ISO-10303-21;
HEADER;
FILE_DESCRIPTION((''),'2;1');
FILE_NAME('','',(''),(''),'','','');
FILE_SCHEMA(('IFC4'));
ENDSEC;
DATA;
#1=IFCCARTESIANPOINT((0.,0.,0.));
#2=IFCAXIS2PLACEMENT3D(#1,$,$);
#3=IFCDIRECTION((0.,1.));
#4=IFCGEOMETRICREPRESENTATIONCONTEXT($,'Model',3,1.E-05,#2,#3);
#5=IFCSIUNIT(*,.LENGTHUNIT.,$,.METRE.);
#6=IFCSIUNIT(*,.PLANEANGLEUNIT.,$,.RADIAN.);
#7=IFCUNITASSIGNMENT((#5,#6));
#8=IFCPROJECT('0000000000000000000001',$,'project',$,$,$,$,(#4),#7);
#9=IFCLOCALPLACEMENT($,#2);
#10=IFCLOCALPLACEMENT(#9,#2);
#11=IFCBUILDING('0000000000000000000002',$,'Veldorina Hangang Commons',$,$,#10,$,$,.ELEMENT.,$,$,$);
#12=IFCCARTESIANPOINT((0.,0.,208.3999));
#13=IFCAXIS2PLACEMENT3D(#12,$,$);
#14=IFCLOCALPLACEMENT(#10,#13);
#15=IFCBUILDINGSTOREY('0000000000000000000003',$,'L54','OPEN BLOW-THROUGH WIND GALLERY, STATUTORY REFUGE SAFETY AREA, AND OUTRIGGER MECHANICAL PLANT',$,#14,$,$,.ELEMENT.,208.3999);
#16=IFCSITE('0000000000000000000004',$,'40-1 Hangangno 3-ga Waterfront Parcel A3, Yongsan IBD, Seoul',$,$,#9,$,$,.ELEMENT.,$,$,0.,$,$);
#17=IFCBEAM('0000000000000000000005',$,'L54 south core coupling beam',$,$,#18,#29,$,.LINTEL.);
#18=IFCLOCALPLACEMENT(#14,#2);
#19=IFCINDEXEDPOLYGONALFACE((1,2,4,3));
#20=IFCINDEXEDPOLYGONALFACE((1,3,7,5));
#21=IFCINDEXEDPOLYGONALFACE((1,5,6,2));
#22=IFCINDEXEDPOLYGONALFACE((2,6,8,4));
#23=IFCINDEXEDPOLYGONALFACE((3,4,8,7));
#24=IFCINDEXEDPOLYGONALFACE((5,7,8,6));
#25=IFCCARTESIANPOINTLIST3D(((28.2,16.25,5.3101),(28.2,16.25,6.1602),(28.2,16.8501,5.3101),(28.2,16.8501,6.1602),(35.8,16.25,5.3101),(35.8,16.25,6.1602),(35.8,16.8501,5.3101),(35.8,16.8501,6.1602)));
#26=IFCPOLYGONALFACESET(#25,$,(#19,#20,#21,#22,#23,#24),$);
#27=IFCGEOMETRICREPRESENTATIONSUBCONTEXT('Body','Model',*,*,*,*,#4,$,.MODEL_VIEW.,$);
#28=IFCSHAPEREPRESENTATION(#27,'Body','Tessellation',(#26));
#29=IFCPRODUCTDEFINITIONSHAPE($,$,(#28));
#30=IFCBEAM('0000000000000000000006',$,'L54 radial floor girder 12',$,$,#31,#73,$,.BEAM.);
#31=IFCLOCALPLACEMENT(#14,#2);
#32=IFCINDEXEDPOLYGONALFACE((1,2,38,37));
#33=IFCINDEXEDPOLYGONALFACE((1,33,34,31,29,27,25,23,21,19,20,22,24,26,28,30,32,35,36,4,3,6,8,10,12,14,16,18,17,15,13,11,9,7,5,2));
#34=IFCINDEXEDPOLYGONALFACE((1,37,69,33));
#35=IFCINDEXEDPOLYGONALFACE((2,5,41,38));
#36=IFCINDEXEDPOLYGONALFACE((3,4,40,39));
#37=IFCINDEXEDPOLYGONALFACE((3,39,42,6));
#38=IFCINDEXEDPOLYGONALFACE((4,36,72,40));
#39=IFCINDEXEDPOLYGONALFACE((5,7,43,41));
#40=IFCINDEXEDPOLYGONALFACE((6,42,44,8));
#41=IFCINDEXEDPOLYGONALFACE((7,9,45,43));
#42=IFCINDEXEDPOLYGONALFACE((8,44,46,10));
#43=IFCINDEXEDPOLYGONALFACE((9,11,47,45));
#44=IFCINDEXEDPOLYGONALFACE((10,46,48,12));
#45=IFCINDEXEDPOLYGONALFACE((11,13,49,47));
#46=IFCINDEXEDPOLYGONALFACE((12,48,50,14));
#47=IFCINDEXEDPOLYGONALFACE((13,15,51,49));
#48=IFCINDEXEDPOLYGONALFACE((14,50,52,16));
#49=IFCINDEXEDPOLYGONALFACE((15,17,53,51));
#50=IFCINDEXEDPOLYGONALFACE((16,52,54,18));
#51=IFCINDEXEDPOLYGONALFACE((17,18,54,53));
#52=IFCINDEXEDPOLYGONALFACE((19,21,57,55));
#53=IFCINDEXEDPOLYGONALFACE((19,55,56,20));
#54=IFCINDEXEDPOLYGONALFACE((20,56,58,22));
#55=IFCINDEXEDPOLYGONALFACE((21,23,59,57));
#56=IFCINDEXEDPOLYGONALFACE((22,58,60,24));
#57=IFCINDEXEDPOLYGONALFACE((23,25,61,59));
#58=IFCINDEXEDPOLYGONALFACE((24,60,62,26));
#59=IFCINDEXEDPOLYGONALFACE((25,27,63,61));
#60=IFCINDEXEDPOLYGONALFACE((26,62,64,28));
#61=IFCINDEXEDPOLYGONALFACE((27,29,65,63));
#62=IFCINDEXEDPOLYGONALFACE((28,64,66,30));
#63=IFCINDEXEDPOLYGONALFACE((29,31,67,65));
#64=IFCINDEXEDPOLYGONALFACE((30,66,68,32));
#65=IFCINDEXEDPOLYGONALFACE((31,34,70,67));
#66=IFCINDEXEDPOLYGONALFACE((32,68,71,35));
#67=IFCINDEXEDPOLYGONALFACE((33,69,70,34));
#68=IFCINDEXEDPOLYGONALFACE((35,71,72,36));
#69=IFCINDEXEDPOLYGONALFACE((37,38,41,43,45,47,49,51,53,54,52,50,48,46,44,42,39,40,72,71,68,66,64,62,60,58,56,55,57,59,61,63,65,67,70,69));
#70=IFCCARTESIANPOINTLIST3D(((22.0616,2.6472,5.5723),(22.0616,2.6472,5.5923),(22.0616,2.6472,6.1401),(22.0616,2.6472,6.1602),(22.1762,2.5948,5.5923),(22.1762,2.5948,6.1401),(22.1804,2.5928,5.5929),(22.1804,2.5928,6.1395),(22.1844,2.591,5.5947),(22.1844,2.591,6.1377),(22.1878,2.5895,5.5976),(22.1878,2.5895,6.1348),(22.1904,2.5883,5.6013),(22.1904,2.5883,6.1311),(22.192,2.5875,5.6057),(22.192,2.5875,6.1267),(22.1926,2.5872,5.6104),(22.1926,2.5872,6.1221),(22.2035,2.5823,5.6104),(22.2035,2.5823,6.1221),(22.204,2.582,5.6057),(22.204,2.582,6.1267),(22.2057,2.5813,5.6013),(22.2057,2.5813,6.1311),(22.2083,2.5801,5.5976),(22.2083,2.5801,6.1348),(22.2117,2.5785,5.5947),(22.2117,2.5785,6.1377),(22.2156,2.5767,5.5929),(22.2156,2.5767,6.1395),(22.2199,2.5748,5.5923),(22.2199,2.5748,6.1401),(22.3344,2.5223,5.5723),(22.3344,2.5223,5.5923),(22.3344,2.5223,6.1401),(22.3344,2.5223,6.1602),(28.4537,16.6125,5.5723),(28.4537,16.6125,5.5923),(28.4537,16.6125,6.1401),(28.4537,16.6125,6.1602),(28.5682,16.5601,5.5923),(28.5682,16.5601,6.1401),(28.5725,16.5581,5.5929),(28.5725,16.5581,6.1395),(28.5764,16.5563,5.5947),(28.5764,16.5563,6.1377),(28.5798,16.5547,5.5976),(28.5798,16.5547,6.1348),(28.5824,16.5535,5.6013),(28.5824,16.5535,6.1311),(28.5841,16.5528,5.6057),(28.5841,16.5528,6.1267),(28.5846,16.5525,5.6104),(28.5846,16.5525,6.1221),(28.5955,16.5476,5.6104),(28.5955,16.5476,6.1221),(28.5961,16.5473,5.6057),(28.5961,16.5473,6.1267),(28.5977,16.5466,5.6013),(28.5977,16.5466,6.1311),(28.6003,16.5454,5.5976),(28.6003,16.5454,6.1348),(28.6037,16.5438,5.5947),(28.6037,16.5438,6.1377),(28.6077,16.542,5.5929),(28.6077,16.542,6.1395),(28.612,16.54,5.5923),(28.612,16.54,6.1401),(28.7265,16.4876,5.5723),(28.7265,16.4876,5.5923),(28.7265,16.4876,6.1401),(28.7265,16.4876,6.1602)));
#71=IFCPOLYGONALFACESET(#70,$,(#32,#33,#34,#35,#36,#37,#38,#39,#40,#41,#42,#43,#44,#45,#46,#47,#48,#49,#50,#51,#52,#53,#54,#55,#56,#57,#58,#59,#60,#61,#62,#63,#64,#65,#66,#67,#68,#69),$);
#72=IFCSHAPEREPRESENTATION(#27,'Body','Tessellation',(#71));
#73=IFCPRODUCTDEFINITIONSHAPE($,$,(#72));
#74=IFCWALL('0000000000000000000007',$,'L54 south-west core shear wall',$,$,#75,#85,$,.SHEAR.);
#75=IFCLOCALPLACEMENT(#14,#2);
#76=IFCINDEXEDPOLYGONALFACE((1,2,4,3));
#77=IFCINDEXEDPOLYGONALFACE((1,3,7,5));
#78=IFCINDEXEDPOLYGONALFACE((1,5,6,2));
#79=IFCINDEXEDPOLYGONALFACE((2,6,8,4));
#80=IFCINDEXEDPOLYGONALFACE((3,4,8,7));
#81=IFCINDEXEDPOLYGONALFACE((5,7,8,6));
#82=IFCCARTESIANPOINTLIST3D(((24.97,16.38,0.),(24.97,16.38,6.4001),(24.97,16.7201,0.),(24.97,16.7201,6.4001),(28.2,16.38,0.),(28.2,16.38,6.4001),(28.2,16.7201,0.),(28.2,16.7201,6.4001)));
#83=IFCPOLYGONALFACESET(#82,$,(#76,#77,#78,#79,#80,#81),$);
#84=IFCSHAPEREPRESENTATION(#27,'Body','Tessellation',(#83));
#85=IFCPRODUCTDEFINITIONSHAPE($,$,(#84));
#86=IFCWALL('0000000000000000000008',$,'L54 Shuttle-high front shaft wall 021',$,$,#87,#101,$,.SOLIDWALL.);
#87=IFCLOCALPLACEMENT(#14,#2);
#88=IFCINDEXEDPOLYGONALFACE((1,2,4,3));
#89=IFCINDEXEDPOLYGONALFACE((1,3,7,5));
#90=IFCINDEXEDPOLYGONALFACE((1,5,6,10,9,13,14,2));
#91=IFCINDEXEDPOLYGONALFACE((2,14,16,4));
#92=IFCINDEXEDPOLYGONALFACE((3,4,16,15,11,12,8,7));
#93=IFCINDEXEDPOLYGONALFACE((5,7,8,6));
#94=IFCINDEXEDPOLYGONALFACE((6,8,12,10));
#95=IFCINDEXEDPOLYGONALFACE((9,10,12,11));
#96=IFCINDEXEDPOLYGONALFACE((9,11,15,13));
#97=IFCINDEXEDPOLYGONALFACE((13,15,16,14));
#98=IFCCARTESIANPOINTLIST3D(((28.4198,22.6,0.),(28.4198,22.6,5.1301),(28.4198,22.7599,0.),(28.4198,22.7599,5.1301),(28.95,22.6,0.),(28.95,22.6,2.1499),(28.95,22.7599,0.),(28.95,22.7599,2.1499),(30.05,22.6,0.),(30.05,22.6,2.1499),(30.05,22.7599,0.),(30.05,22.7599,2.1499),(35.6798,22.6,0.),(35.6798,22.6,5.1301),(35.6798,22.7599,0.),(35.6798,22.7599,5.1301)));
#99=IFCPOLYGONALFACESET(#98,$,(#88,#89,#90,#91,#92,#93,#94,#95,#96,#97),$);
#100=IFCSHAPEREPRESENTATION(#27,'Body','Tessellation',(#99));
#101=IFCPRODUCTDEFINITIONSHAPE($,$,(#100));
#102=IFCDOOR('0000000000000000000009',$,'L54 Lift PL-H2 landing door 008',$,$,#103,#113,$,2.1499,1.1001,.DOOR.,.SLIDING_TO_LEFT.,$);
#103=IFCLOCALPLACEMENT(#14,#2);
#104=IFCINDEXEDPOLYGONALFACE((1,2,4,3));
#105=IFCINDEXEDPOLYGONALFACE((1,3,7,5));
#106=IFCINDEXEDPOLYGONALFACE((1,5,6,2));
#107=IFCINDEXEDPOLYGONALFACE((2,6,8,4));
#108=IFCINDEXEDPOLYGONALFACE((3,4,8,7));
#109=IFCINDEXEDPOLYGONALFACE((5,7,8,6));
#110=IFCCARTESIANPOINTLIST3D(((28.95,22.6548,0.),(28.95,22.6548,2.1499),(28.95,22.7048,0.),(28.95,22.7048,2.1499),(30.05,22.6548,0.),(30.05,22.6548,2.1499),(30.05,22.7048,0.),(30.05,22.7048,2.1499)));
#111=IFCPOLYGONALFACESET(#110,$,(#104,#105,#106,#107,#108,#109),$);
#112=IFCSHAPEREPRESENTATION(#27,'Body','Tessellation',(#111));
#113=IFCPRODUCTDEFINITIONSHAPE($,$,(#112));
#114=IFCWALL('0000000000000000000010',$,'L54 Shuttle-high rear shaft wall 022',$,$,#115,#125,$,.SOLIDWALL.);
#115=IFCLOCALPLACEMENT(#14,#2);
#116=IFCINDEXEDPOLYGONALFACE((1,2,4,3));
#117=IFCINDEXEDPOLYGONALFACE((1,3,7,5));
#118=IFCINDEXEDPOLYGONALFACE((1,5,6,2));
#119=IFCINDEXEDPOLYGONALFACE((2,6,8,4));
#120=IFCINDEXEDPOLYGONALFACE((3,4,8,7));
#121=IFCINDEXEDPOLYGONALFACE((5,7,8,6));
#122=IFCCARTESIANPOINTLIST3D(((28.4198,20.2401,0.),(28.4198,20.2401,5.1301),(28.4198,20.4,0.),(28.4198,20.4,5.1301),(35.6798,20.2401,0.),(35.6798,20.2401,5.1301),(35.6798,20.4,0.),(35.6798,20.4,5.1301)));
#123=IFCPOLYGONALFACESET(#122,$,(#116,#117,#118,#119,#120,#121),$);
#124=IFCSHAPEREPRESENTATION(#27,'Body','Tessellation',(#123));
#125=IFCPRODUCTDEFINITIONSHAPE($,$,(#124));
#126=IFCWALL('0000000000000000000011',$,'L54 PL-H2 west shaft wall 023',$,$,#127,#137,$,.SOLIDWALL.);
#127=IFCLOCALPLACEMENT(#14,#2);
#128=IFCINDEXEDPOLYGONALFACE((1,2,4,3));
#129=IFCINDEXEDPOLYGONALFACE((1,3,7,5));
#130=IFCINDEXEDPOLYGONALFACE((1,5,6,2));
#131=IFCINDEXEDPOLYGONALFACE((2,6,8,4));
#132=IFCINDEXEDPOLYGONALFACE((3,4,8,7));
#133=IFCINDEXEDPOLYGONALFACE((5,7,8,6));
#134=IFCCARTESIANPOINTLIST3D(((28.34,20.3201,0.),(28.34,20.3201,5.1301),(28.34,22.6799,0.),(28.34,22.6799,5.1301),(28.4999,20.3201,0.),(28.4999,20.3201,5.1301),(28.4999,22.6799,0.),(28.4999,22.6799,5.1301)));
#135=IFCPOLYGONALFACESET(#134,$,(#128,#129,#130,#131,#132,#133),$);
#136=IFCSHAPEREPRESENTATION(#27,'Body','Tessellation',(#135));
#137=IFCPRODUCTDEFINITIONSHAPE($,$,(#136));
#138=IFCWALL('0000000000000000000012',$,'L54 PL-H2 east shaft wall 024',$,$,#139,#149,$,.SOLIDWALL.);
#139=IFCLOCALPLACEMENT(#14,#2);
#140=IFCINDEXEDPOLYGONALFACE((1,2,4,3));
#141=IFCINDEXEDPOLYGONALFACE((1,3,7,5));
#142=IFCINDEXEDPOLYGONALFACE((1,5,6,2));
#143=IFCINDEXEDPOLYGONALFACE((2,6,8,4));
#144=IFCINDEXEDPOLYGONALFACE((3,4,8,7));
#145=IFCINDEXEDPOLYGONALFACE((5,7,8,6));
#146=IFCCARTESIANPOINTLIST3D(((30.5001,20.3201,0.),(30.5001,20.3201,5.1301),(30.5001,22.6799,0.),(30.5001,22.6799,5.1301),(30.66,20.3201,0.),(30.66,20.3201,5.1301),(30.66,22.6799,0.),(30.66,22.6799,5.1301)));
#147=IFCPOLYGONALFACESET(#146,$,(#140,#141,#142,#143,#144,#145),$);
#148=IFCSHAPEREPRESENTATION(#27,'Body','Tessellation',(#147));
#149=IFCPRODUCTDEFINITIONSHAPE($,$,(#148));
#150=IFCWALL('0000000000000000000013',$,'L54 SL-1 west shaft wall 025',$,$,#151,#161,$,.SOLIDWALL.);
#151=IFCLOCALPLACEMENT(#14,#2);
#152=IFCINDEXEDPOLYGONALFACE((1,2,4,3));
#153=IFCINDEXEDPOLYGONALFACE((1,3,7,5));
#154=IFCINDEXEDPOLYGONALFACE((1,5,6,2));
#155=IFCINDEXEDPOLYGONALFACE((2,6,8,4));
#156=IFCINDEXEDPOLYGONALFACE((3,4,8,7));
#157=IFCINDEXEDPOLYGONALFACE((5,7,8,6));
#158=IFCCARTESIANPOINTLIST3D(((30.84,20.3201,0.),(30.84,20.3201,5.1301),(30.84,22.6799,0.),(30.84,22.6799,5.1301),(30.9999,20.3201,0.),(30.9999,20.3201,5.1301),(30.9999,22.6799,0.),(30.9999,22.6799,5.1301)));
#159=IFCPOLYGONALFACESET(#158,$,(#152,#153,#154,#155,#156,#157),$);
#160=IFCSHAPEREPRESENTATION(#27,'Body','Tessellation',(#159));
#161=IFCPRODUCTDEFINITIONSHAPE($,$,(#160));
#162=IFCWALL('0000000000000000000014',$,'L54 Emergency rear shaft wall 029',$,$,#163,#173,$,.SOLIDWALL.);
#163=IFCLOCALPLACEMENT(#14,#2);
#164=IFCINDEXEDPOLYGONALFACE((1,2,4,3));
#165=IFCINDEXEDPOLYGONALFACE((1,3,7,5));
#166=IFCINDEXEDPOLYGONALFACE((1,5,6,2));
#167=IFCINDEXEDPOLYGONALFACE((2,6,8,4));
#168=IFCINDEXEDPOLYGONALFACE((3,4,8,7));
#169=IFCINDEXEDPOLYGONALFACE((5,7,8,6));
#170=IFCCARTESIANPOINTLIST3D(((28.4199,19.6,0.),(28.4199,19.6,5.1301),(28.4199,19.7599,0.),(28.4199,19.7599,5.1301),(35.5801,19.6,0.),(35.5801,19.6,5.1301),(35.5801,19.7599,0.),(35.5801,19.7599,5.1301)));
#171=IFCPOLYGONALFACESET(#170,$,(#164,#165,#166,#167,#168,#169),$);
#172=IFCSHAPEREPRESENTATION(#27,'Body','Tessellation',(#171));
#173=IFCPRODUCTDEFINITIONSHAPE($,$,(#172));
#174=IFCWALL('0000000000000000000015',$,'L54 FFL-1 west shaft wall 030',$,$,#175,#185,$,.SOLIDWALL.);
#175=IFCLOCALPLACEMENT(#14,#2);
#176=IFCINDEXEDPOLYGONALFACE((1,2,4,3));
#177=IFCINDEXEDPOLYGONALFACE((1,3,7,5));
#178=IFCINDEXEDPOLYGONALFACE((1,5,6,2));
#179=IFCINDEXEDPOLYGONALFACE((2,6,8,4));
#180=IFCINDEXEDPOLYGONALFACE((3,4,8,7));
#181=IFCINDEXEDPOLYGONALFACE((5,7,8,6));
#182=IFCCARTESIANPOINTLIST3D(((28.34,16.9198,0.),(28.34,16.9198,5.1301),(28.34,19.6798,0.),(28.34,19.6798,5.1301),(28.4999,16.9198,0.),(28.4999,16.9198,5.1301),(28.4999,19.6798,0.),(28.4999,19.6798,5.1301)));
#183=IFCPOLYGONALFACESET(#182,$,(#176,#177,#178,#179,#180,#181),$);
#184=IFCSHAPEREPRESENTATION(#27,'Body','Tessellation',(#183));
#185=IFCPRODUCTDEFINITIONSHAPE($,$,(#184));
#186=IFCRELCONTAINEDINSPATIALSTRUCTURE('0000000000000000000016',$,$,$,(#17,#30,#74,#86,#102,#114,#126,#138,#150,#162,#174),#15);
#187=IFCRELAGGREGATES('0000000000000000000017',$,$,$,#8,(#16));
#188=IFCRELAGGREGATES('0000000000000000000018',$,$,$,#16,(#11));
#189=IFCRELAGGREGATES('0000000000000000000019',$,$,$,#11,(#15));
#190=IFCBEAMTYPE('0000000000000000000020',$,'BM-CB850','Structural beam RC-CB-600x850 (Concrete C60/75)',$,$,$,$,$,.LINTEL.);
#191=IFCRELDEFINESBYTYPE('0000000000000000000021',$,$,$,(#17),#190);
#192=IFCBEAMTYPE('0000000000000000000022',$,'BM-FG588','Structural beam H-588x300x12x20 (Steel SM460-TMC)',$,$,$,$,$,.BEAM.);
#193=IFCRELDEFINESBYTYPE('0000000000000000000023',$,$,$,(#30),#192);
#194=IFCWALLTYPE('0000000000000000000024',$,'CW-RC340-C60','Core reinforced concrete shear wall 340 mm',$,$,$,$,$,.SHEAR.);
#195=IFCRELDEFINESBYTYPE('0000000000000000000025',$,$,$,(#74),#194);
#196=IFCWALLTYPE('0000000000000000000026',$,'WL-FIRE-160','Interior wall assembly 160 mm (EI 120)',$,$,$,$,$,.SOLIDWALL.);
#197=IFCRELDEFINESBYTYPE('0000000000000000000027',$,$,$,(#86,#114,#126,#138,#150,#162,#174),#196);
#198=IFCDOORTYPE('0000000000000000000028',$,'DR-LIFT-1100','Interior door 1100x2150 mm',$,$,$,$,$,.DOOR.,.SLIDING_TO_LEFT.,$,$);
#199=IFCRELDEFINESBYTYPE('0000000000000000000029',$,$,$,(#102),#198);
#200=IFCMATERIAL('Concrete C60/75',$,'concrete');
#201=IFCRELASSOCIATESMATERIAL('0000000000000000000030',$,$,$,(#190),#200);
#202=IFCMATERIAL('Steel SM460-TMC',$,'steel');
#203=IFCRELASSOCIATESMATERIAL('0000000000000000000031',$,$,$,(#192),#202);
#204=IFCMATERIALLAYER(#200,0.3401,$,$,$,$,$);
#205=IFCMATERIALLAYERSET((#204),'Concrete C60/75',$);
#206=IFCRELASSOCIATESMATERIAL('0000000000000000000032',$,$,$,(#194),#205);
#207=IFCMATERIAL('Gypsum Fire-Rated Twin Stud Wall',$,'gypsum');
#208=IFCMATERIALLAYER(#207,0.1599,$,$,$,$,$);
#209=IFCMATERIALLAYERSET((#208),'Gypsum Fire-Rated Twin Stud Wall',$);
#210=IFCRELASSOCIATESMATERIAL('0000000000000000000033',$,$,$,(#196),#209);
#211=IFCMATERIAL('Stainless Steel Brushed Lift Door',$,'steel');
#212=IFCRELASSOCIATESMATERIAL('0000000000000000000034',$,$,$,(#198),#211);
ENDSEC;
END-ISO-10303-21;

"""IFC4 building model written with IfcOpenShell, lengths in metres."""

from ifc_helpers import new_model, si_unit, direction, frame, frame_2d, origin, origin_2d, place, context, subcontext, project, spatial, rectangle, i_section, extrude, material, layer, layer_set, material_profile, profile_set, type_object, element, fill, save


model = new_model("IFC4")

# Units and contexts
model_context = context("Model", 3, precision=1e-05, world=origin(), true_north=direction((0.0, 1.0)))
body_context = subcontext(model_context, "Body", "Model", "MODEL_VIEW")
ifc_project = project(units=[si_unit("LENGTHUNIT", "METRE"), si_unit("PLANEANGLEUNIT", "RADIAN")], contexts=[model_context])

# Site, building, storey
site_placement = place(None, origin())
site = spatial("IfcSite", under=ifc_project, at=site_placement, Name="40-1 Hangangno 3-ga Waterfront Parcel A3, Yongsan IBD, Seoul", CompositionType="ELEMENT", RefElevation=0.0)
building_placement = place(site_placement, origin())
building = spatial("IfcBuilding", under=site, at=building_placement, Name="Veldorina Hangang Commons", CompositionType="ELEMENT")
storey_placement = place(building_placement, frame((0.0, 0.0, 208.3999)))
storey = spatial("IfcBuildingStorey", under=building, at=storey_placement, Name="L54", Description="OPEN BLOW-THROUGH WIND GALLERY, STATUTORY REFUGE SAFETY AREA, AND OUTRIGGER MECHANICAL PLANT", CompositionType="ELEMENT", Elevation=208.3999)

# Beams
ifc_material_1 = material(Name="Concrete C60/75", Category="concrete")
ifc_material_profile_1 = material_profile(ifc_material_1, rectangle(XDim=0.6001, YDim=0.8501, at=origin_2d()), Name="RC-CB-600x850")
ifc_profile_set_1 = profile_set([ifc_material_profile_1], Name="Concrete C60/75")
beam_type_1 = type_object("IfcBeamType", Name="BM-CB850", Description="Structural beam RC-CB-600x850 (Concrete C60/75)", PredefinedType="LINTEL", material=ifc_profile_set_1)
beam_1_placement = place(storey_placement, frame((28.2, 16.55, 5.7351), z_axis=(1.0, 0.0, 0.0), x_axis=(0.0, 1.0, 0.0)))
element("IfcBeam", 1, at=beam_1_placement, inside=storey, type_object=beam_type_1, Name="L54 south core coupling beam", PredefinedType="LINTEL", context=body_context, shape_type="SweptSolid", body=[
    extrude(rectangle(XDim=0.6001, YDim=0.8501, at=origin_2d()), origin(), (0.0, 0.0, 1.0), 7.6001),
])
ifc_material_2 = material(Name="Steel SM460-TMC", Category="steel")
ifc_material_profile_2 = material_profile(ifc_material_2, i_section(OverallWidth=0.3, OverallDepth=0.5879, WebThickness=0.012, FlangeThickness=0.02, FilletRadius=0.0181, at=origin_2d()), Name="H-588x300x12x20")
ifc_profile_set_2 = profile_set([ifc_material_profile_2], Name="Steel SM460-TMC")
beam_type_2 = type_object("IfcBeamType", Name="BM-FG588", Description="Structural beam H-588x300x12x20 (Steel SM460-TMC)", PredefinedType="BEAM", material=ifc_profile_set_2)
beam_2_placement = place(storey_placement, frame((28.5901, 16.55, 5.8662), z_axis=(-0.416187, -0.909279, 0.0), x_axis=(0.909279, -0.416187, 0.0)))
element("IfcBeam", 2, at=beam_2_placement, inside=storey, type_object=beam_type_2, Name="L54 radial floor girder 12", PredefinedType="BEAM", context=body_context, shape_type="SweptSolid", body=[
    extrude(i_section(OverallWidth=0.3, OverallDepth=0.5879, WebThickness=0.012, FlangeThickness=0.02, FilletRadius=0.0181, at=origin_2d()), origin(), (0.0, 0.0, 1.0), 15.3586),
])

# Wall
ifc_layer_1 = layer(ifc_material_1, 0.3401)
ifc_layer_set_1 = layer_set([ifc_layer_1], Name="Concrete C60/75")
wall_type_1 = type_object("IfcWallType", Name="CW-RC340-C60", Description="Core reinforced concrete shear wall 340 mm", PredefinedType="SHEAR", material=ifc_layer_set_1)
wall_1_placement = place(storey_placement, frame((24.97, 16.55, 0.0), z_axis=(0.0, 0.0, 1.0), x_axis=(1.0, 0.0, 0.0)))
element("IfcWall", 3, at=wall_1_placement, inside=storey, type_object=wall_type_1, Name="L54 south-west core shear wall", PredefinedType="SHEAR", context=body_context, shape_type="SweptSolid", body=[
    extrude(rectangle(XDim=3.23, YDim=0.3401, at=frame_2d((1.615, 0.0))), origin(), (0.0, 0.0, 1.0), 6.4001),
])

# Wall, opening, door
ifc_material_3 = material(Name="Gypsum Fire-Rated Twin Stud Wall", Category="gypsum")
ifc_layer_2 = layer(ifc_material_3, 0.1599)
ifc_layer_set_2 = layer_set([ifc_layer_2], Name="Gypsum Fire-Rated Twin Stud Wall")
wall_type_2 = type_object("IfcWallType", Name="WL-FIRE-160", Description="Interior wall assembly 160 mm (EI 120)", PredefinedType="SOLIDWALL", material=ifc_layer_set_2)
wall_2_placement = place(storey_placement, frame((28.4199, 22.6799, 0.0), z_axis=(0.0, 0.0, 1.0), x_axis=(1.0, 0.0, 0.0)))
wall_2 = element("IfcWall", 4, at=wall_2_placement, inside=storey, type_object=wall_type_2, Name="L54 Shuttle-high front shaft wall 021", PredefinedType="SOLIDWALL", context=body_context, shape_type="SweptSolid", body=[
    extrude(rectangle(XDim=7.26, YDim=0.1599, at=frame_2d((3.6299, 0.0))), origin(), (0.0, 0.0, 1.0), 5.1301),
])
opening_1_placement = place(wall_2_placement, frame((0.53, 0.0, 0.0)))
opening_1 = element("IfcOpeningElement", 5, at=opening_1_placement, cuts=wall_2, PredefinedType="OPENING", context=body_context, shape_type="SweptSolid", body=[
    extrude(rectangle(XDim=1.1001, YDim=2.1499, at=frame_2d((0.55, 1.075))), frame((0.0, 0.0898, 0.0), z_axis=(0.0, -1.0, 0.0), x_axis=(1.0, 0.0, 0.0)), (0.0, 0.0, 1.0), 0.1799),
])
ifc_material_4 = material(Name="Stainless Steel Brushed Lift Door", Category="steel")
door_type_1 = type_object("IfcDoorType", Name="DR-LIFT-1100", Description="Interior door 1100x2150 mm", OperationType="SLIDING_TO_LEFT", PredefinedType="DOOR", material=ifc_material_4)
door_1_placement = place(opening_1_placement, origin())
door_1 = element("IfcDoor", 6, at=door_1_placement, inside=storey, type_object=door_type_1, Name="L54 Lift PL-H2 landing door 008", OperationType="SLIDING_TO_LEFT", OverallHeight=2.1499, OverallWidth=1.1001, PredefinedType="DOOR", context=body_context, shape_type="SweptSolid", body=[
    extrude(rectangle(XDim=1.1001, YDim=2.1499, at=frame_2d((0.55, 1.075))), frame((0.0, 0.0249, 0.0), z_axis=(0.0, -1.0, 0.0), x_axis=(1.0, 0.0, 0.0)), (0.0, 0.0, 1.0), 0.05),
])
fill(opening_1, door_1)

# Walls
wall_3_placement = place(storey_placement, frame((28.4199, 20.3201, 0.0), z_axis=(0.0, 0.0, 1.0), x_axis=(1.0, 0.0, 0.0)))
element("IfcWall", 7, at=wall_3_placement, inside=storey, type_object=wall_type_2, Name="L54 Shuttle-high rear shaft wall 022", PredefinedType="SOLIDWALL", context=body_context, shape_type="SweptSolid", body=[
    extrude(rectangle(XDim=7.26, YDim=0.1599, at=frame_2d((3.6299, 0.0))), origin(), (0.0, 0.0, 1.0), 5.1301),
])
for number, where, z_axis, x_axis, name in (
    (8, (28.4199, 20.3201, 0.0), (0.0, 0.0, 1.0), (0.0, 1.0, 0.0), "L54 PL-H2 west shaft wall 023"),
    (9, (30.5801, 20.3201, 0.0), (0.0, 0.0, 1.0), (0.0, 1.0, 0.0), "L54 PL-H2 east shaft wall 024"),
    (10, (30.9199, 20.3201, 0.0), (0.0, 0.0, 1.0), (0.0, 1.0, 0.0), "L54 SL-1 west shaft wall 025"),
):
    element("IfcWall", number, at=place(storey_placement, frame(where, z_axis=z_axis, x_axis=x_axis)), inside=storey, type_object=wall_type_2, Name=name, PredefinedType="SOLIDWALL", context=body_context, shape_type="SweptSolid", body=[
        extrude(rectangle(XDim=2.3599, YDim=0.1599, at=frame_2d((1.1799, 0.0))), origin(), (0.0, 0.0, 1.0), 5.1301),
    ])

# Walls
wall_4_placement = place(storey_placement, frame((28.4199, 19.6799, 0.0), z_axis=(0.0, 0.0, 1.0), x_axis=(1.0, 0.0, 0.0)))
element("IfcWall", 11, at=wall_4_placement, inside=storey, type_object=wall_type_2, Name="L54 Emergency rear shaft wall 029", PredefinedType="SOLIDWALL", context=body_context, shape_type="SweptSolid", body=[
    extrude(rectangle(XDim=7.1602, YDim=0.1599, at=frame_2d((3.5801, 0.0))), origin(), (0.0, 0.0, 1.0), 5.1301),
])
for number, where, z_axis, x_axis, name in (
    (12, (28.4199, 16.9199, 0.0), (0.0, 0.0, 1.0), (0.0, 1.0, 0.0), "L54 FFL-1 west shaft wall 030"),
):
    element("IfcWall", number, at=place(storey_placement, frame(where, z_axis=z_axis, x_axis=x_axis)), inside=storey, type_object=wall_type_2, Name=name, PredefinedType="SOLIDWALL", context=body_context, shape_type="SweptSolid", body=[
        extrude(rectangle(XDim=2.76, YDim=0.1599, at=frame_2d((1.3799, 0.0))), origin(), (0.0, 0.0, 1.0), 5.1301),
    ])

save(model, "model.ifc")
